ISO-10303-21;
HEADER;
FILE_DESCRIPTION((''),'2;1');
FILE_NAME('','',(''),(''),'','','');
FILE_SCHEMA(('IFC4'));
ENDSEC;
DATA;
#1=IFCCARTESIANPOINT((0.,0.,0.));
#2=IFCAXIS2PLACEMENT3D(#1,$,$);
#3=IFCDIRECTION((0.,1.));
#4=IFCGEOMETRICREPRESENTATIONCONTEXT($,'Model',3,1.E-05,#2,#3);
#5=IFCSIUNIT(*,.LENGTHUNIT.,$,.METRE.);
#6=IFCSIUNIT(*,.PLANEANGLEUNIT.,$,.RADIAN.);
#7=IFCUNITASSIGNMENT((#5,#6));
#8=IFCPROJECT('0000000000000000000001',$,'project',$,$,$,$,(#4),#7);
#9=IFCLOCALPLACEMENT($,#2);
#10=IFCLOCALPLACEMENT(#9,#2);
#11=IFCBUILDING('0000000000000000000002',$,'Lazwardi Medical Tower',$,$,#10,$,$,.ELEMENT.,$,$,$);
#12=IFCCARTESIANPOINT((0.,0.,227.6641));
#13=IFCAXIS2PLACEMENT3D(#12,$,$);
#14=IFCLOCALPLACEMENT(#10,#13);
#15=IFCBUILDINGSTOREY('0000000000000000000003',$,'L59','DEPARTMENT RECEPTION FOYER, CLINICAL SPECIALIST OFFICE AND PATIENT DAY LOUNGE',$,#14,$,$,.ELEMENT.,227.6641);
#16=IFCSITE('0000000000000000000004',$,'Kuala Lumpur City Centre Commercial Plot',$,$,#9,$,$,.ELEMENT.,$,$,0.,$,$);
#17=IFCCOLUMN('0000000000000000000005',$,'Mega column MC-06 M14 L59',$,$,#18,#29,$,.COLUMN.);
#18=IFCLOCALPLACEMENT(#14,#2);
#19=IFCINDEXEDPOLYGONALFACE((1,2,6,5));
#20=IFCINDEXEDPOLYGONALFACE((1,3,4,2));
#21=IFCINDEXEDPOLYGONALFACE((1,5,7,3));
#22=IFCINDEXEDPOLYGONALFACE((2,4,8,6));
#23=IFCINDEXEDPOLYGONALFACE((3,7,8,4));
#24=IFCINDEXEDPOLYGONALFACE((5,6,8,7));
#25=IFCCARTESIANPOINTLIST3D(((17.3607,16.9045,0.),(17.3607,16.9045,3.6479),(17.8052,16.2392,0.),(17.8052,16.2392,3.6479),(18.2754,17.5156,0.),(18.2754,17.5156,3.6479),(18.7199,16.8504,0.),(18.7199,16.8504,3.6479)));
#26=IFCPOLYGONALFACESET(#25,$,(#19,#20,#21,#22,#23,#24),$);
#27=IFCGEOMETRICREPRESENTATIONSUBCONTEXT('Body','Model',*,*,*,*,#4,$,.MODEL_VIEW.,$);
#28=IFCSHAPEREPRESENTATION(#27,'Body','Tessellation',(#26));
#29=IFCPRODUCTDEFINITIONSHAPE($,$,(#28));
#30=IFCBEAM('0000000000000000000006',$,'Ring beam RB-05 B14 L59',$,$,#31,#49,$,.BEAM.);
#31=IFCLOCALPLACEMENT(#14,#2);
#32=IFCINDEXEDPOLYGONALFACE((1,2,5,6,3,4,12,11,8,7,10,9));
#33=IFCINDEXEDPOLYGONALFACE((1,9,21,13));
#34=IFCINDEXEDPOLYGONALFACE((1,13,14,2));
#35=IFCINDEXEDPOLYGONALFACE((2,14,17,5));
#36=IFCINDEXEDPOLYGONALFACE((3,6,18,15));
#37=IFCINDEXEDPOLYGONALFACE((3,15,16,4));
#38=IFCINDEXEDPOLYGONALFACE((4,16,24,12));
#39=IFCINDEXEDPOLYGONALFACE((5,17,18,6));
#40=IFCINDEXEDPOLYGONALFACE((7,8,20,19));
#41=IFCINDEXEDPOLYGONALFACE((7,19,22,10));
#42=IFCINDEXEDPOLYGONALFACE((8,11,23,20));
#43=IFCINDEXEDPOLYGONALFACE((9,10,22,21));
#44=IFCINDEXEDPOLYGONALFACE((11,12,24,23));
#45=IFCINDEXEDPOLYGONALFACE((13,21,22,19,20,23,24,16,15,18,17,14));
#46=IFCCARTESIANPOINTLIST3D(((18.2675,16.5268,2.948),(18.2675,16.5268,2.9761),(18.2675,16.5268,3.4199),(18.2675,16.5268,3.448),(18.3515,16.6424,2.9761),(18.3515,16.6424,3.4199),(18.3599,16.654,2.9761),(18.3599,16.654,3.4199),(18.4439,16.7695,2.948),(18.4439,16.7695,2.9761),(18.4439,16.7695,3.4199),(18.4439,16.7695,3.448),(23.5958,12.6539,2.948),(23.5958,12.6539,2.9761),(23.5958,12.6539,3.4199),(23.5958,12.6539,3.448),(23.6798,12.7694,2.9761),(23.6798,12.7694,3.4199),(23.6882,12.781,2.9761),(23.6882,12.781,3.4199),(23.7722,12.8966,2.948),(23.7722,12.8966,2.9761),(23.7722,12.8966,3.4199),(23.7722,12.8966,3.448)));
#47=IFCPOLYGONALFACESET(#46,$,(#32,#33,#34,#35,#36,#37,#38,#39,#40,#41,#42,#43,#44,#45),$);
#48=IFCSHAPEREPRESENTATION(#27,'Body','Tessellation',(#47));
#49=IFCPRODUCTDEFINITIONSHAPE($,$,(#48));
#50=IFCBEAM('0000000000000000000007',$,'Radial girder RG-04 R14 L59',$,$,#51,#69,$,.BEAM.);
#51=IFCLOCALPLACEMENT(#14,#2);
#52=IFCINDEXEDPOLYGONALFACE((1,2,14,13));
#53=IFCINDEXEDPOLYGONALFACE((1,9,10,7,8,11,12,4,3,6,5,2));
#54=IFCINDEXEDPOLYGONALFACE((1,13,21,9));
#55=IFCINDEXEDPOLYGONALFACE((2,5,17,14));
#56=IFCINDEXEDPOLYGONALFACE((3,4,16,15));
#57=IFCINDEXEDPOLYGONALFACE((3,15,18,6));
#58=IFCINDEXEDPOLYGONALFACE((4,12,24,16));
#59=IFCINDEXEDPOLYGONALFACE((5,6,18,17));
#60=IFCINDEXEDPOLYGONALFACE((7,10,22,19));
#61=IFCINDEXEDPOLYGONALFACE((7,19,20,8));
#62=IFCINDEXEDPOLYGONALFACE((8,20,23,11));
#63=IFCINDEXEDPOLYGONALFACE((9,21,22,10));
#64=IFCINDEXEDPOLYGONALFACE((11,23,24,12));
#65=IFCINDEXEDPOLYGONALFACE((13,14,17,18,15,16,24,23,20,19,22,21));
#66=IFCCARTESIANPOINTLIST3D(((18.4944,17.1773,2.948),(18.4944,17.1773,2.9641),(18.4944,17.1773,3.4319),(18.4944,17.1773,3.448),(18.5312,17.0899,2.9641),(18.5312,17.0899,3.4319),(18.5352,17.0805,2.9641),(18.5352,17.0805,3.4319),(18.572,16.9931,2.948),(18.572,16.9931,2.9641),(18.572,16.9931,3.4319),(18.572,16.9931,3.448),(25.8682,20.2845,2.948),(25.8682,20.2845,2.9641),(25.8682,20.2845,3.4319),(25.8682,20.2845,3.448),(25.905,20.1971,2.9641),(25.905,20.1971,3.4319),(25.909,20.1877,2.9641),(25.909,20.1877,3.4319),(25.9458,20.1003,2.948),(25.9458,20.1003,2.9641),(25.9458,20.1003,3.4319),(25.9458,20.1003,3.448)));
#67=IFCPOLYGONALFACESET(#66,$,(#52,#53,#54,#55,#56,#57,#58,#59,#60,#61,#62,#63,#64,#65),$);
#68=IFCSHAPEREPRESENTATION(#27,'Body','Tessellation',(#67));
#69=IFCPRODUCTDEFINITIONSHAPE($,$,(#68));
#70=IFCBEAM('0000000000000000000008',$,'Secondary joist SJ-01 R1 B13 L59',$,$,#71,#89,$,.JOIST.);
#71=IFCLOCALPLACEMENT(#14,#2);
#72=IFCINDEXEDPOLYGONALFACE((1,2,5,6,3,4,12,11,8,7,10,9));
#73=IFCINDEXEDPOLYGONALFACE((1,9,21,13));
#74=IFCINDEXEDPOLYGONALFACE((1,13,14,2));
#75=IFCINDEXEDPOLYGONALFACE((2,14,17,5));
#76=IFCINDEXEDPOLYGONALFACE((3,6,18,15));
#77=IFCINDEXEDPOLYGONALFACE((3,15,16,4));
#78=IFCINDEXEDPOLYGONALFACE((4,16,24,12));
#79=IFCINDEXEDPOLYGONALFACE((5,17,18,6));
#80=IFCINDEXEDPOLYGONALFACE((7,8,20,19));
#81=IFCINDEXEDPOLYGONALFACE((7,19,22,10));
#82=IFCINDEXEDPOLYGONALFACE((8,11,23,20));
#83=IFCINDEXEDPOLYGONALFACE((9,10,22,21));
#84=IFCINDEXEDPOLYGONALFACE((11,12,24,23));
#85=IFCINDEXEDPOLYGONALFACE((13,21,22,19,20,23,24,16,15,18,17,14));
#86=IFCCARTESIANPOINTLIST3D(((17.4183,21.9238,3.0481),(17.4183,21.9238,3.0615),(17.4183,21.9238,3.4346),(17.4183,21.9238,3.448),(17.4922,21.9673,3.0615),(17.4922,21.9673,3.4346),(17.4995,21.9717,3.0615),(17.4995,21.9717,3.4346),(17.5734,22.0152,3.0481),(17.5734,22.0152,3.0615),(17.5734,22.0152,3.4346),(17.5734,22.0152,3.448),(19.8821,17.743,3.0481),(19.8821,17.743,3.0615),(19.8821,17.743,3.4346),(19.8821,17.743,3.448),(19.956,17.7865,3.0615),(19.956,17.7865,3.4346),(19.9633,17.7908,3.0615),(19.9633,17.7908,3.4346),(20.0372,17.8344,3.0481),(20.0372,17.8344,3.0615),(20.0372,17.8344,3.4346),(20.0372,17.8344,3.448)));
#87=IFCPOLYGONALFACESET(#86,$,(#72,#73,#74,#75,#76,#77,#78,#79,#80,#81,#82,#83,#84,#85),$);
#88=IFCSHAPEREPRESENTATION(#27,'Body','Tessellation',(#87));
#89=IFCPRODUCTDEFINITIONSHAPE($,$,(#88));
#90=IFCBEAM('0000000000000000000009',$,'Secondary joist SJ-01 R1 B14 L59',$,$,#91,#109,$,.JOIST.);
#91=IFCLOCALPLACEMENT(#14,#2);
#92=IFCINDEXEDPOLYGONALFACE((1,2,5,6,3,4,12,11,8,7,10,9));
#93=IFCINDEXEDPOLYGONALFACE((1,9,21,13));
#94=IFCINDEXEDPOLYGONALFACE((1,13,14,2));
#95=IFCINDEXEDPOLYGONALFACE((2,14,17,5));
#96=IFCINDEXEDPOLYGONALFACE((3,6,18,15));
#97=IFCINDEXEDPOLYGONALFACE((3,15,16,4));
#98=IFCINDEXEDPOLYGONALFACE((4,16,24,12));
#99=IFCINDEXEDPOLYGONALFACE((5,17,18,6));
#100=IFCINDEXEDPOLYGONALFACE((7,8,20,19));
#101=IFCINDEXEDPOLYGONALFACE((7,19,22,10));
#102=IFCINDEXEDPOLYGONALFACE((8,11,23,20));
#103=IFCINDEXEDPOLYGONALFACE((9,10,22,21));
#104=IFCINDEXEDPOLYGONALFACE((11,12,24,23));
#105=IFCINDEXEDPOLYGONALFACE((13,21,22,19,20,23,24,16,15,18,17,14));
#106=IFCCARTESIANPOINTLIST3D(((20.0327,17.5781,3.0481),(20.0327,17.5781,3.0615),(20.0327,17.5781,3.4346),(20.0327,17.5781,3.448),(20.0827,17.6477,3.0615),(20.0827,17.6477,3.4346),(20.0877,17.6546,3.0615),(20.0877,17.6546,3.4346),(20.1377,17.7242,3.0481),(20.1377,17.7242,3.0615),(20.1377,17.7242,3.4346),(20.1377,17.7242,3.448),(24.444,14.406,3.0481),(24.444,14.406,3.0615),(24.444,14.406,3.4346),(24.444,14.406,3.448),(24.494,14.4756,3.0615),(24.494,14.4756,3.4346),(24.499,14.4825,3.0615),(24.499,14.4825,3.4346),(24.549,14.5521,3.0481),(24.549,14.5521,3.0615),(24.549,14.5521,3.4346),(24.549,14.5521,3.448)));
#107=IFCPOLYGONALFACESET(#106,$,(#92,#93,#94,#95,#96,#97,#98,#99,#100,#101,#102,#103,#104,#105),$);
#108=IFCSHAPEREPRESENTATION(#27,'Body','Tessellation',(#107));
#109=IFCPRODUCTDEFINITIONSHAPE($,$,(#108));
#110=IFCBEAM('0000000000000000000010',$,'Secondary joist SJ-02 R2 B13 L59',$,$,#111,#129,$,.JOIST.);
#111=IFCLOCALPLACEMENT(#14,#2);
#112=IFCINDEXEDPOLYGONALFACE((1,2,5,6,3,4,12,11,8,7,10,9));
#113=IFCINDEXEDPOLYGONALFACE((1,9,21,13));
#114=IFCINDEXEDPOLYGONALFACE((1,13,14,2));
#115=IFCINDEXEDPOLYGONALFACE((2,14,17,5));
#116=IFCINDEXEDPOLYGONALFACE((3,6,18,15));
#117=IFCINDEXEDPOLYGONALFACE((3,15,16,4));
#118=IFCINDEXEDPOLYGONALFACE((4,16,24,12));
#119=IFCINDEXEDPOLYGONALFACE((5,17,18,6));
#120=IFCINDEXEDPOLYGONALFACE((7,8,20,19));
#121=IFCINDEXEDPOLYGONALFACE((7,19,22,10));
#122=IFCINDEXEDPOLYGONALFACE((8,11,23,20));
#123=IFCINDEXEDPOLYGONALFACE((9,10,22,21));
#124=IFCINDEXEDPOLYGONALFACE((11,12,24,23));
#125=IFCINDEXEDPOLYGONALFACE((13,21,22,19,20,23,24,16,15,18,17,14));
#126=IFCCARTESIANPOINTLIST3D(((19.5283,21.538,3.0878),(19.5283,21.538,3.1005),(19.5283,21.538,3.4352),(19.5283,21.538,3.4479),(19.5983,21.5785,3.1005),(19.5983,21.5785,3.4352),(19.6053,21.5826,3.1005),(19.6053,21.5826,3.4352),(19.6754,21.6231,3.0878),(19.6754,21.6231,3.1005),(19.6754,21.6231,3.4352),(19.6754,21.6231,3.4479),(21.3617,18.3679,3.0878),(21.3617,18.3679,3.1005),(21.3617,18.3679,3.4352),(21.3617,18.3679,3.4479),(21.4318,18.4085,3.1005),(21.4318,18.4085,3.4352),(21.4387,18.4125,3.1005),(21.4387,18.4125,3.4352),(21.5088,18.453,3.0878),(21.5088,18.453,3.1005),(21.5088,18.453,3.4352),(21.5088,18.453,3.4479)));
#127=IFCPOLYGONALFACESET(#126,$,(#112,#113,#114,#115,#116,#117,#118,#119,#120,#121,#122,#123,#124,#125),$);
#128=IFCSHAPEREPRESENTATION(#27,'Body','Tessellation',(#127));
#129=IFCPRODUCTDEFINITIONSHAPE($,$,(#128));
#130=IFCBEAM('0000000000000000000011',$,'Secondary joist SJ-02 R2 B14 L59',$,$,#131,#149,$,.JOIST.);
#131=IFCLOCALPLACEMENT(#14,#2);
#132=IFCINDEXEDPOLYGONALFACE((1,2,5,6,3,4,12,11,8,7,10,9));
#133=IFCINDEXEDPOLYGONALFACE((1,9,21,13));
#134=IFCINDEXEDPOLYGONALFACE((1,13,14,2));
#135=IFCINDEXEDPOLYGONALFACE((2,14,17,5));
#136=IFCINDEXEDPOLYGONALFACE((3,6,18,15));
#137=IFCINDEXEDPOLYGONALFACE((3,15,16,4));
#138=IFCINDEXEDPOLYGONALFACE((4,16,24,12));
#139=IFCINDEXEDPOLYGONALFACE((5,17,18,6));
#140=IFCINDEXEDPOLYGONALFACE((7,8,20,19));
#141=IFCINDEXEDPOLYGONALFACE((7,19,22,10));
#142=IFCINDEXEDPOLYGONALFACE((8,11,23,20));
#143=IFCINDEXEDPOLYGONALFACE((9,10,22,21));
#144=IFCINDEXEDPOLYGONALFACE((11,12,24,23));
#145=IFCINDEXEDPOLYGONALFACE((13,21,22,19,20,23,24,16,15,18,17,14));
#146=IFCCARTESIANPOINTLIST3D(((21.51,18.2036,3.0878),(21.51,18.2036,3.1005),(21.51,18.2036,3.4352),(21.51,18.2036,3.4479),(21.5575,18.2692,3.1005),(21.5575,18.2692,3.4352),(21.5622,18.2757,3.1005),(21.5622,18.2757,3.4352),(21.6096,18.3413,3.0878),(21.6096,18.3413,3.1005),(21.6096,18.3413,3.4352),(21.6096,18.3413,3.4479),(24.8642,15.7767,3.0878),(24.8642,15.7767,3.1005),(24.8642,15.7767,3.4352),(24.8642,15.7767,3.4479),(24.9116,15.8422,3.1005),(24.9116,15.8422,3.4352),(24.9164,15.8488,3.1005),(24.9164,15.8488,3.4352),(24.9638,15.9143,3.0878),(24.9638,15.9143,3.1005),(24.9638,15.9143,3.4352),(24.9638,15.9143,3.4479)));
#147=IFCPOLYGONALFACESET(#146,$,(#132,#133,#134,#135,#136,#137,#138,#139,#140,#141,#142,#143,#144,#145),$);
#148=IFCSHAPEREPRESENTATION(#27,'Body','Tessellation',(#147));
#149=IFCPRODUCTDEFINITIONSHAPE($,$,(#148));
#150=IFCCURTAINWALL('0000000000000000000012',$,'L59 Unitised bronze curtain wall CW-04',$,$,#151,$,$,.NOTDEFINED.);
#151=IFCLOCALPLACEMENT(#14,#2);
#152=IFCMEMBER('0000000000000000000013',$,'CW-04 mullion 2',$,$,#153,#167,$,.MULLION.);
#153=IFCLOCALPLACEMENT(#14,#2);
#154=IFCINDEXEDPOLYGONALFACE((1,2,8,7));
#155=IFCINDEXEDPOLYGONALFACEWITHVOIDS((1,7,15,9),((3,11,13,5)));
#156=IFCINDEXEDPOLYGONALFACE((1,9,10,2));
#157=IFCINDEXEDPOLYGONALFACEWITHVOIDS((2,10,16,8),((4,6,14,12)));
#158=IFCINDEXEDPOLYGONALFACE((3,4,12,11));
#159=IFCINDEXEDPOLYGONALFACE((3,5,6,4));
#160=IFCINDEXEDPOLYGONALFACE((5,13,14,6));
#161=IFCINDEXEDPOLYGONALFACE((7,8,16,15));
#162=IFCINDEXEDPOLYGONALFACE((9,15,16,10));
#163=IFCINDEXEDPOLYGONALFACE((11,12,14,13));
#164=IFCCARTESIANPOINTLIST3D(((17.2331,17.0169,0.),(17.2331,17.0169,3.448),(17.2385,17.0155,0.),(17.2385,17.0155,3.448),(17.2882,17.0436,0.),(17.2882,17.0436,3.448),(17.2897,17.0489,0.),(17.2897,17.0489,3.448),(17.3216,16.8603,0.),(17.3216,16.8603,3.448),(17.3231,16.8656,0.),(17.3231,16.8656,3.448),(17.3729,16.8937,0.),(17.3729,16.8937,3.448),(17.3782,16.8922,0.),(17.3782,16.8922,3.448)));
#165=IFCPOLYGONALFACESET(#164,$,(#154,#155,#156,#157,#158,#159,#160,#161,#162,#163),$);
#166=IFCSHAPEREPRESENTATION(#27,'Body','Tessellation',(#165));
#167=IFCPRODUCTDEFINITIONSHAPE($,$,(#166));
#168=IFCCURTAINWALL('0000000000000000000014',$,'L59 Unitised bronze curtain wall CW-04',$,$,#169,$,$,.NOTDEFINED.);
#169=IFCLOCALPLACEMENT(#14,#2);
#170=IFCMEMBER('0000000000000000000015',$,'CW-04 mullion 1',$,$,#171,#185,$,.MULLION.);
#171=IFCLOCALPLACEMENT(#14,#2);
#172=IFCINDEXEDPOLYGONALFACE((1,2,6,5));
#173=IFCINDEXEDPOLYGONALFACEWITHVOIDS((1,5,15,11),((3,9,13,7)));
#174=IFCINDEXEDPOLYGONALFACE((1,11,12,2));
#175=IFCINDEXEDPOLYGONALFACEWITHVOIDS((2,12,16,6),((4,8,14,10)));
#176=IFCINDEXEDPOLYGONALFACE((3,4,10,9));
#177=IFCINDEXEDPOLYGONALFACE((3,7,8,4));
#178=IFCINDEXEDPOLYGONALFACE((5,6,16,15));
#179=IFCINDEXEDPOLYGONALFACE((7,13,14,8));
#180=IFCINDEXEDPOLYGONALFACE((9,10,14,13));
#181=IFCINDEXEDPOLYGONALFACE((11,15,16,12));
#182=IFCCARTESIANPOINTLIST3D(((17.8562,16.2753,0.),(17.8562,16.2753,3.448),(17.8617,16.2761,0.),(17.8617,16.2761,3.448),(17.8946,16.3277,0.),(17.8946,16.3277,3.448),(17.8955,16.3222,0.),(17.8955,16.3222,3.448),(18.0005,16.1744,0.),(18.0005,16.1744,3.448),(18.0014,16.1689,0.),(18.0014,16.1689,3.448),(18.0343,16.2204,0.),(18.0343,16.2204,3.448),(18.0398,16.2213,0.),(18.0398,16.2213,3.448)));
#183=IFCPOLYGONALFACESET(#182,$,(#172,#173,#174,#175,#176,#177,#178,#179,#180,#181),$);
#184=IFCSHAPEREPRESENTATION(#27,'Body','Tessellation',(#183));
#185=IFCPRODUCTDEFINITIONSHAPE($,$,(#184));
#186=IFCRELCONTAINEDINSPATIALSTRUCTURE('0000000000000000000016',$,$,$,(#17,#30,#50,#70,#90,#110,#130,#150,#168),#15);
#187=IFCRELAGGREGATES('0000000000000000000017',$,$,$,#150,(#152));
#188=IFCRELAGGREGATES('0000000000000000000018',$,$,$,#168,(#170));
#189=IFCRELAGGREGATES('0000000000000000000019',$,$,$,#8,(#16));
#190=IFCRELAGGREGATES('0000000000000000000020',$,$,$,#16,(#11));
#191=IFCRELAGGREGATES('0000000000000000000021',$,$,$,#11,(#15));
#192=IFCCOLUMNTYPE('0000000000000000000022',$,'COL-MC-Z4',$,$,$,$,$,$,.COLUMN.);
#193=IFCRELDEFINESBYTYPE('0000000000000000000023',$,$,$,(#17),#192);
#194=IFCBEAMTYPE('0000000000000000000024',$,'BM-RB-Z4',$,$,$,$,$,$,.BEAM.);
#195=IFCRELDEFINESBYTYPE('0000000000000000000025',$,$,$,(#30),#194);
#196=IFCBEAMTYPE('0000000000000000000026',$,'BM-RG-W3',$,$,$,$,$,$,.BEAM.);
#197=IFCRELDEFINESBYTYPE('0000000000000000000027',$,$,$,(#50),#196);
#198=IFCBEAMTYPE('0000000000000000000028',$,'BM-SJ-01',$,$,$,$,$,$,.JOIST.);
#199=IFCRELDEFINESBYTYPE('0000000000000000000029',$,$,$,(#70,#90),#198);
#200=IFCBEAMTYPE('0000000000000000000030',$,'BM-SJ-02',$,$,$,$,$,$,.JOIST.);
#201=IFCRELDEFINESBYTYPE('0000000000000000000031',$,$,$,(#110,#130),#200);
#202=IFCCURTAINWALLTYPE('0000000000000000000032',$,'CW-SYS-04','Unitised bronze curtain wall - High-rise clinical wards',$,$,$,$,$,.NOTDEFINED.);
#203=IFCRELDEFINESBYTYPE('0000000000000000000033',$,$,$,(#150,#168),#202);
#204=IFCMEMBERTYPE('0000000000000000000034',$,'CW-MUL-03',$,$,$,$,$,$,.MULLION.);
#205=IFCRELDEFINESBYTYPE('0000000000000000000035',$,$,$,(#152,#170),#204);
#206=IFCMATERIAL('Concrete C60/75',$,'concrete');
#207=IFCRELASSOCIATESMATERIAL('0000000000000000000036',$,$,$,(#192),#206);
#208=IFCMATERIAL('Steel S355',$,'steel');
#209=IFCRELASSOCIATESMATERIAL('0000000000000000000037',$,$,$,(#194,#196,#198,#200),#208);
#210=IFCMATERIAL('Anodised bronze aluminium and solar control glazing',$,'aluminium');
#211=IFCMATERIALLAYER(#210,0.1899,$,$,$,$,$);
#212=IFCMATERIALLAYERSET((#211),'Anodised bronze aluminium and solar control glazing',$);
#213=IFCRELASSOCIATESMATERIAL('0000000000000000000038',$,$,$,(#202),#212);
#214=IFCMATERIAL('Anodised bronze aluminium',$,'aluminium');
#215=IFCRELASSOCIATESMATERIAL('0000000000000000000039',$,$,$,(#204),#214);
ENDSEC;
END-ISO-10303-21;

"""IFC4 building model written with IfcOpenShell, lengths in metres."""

from ifc_helpers import new_model, si_unit, direction, frame, origin, origin_2d, place, context, subcontext, project, spatial, rectangle, hollow_rectangle, i_section, extrude, material, layer, layer_set, material_profile, profile_set, type_object, element, aggregate, save


model = new_model("IFC4")

# Units and contexts
model_context = context("Model", 3, precision=1e-05, world=origin(), true_north=direction((0.0, 1.0)))
body_context = subcontext(model_context, "Body", "Model", "MODEL_VIEW")
ifc_project = project(units=[si_unit("LENGTHUNIT", "METRE"), si_unit("PLANEANGLEUNIT", "RADIAN")], contexts=[model_context])

# Site, building, storey
site_placement = place(None, origin())
site = spatial("IfcSite", under=ifc_project, at=site_placement, Name="Kuala Lumpur City Centre Commercial Plot", CompositionType="ELEMENT", RefElevation=0.0)
building_placement = place(site_placement, origin())
building = spatial("IfcBuilding", under=site, at=building_placement, Name="Lazwardi Medical Tower", CompositionType="ELEMENT")
storey_placement = place(building_placement, frame((0.0, 0.0, 227.6641)))
storey = spatial("IfcBuildingStorey", under=building, at=storey_placement, Name="L59", Description="DEPARTMENT RECEPTION FOYER, CLINICAL SPECIALIST OFFICE AND PATIENT DAY LOUNGE", CompositionType="ELEMENT", Elevation=227.6641)

# Column
ifc_material_1 = material(Name="Concrete C60/75", Category="concrete")
ifc_material_profile_1 = material_profile(ifc_material_1, rectangle(XDim=1.1001, YDim=0.8, at=origin_2d()), Name="CFT-RECT 1100x800")
ifc_profile_set_1 = profile_set([ifc_material_profile_1], Name="Concrete C60/75")
column_type = type_object("IfcColumnType", Name="COL-MC-Z4", PredefinedType="COLUMN", material=ifc_profile_set_1)
column_placement = place(storey_placement, frame((18.0403, 16.8774, 0.0), z_axis=(0.0, 0.0, 1.0), x_axis=(-0.83147, -0.55557, 0.0)))
element("IfcColumn", 1, at=column_placement, inside=storey, type_object=column_type, Name="Mega column MC-06 M14 L59", PredefinedType="COLUMN", context=body_context, shape_type="SweptSolid", body=[
    extrude(rectangle(XDim=1.1001, YDim=0.8, at=origin_2d()), origin(), (0.0, 0.0, 1.0), 3.6479),
])

# Beams
ifc_material_2 = material(Name="Steel S355", Category="steel")
ifc_material_profile_2 = material_profile(ifc_material_2, i_section(OverallWidth=0.3, OverallDepth=0.5, WebThickness=0.0144, FlangeThickness=0.0281, at=origin_2d()), Name="HEB 500")
ifc_profile_set_2 = profile_set([ifc_material_profile_2], Name="Steel S355")
beam_type_1 = type_object("IfcBeamType", Name="BM-RB-Z4", PredefinedType="BEAM", material=ifc_profile_set_2)
beam_1_placement = place(storey_placement, frame((18.3557, 16.6482, 3.198), z_axis=(0.80889, -0.58796, 0.0), x_axis=(0.58796, 0.80889, 0.0)))
element("IfcBeam", 2, at=beam_1_placement, inside=storey, type_object=beam_type_1, Name="Ring beam RB-05 B14 L59", PredefinedType="BEAM", context=body_context, shape_type="SweptSolid", body=[
    extrude(i_section(OverallWidth=0.3, OverallDepth=0.5, WebThickness=0.0144, FlangeThickness=0.0281, at=origin_2d()), origin(), (0.0, 0.0, 1.0), 6.5872),
])
ifc_material_profile_3 = material_profile(ifc_material_2, i_section(OverallWidth=0.2, OverallDepth=0.5, WebThickness=0.0103, FlangeThickness=0.0161, at=origin_2d()), Name="IPE 500")
ifc_profile_set_3 = profile_set([ifc_material_profile_3], Name="Steel S355")
beam_type_2 = type_object("IfcBeamType", Name="BM-RG-W3", PredefinedType="BEAM", material=ifc_profile_set_3)
beam_2_placement = place(storey_placement, frame((18.5332, 17.0852, 3.198), z_axis=(0.921527, 0.388315, 0.0), x_axis=(-0.388315, 0.921527, 0.0)))
element("IfcBeam", 3, at=beam_2_placement, inside=storey, type_object=beam_type_2, Name="Radial girder RG-04 R14 L59", PredefinedType="BEAM", context=body_context, shape_type="SweptSolid", body=[
    extrude(i_section(OverallWidth=0.2, OverallDepth=0.5, WebThickness=0.0103, FlangeThickness=0.0161, at=origin_2d()), origin(), (0.0, 0.0, 1.0), 8.0017),
])
ifc_material_profile_4 = material_profile(ifc_material_2, i_section(OverallWidth=0.1799, OverallDepth=0.3999, WebThickness=0.0085, FlangeThickness=0.0134, at=origin_2d()), Name="IPE 400")
ifc_profile_set_4 = profile_set([ifc_material_profile_4], Name="Steel S355")
beam_type_3 = type_object("IfcBeamType", Name="BM-SJ-01", PredefinedType="JOIST", material=ifc_profile_set_4)
beam_3_placement = place(storey_placement, frame((17.4958, 21.9695, 3.248), z_axis=(0.50771, -0.861528, 0.0), x_axis=(0.861528, 0.50771, 0.0)))
element("IfcBeam", 4, at=beam_3_placement, inside=storey, type_object=beam_type_3, Name="Secondary joist SJ-01 R1 B13 L59", PredefinedType="JOIST", context=body_context, shape_type="SweptSolid", body=[
    extrude(i_section(OverallWidth=0.1799, OverallDepth=0.3999, WebThickness=0.0085, FlangeThickness=0.0134, at=origin_2d()), origin(), (0.0, 0.0, 1.0), 4.8528),
])
beam_4_placement = place(storey_placement, frame((20.0852, 17.6511, 3.248), z_axis=(0.81189, -0.583811, 0.0), x_axis=(0.583811, 0.81189, 0.0)))
element("IfcBeam", 5, at=beam_4_placement, inside=storey, type_object=beam_type_3, Name="Secondary joist SJ-01 R1 B14 L59", PredefinedType="JOIST", context=body_context, shape_type="SweptSolid", body=[
    extrude(i_section(OverallWidth=0.1799, OverallDepth=0.3999, WebThickness=0.0085, FlangeThickness=0.0134, at=origin_2d()), origin(), (0.0, 0.0, 1.0), 5.4333),
])
ifc_material_profile_5 = material_profile(ifc_material_2, i_section(OverallWidth=0.1699, OverallDepth=0.3601, WebThickness=0.0081, FlangeThickness=0.0127, at=origin_2d()), Name="IPE 360")
ifc_profile_set_5 = profile_set([ifc_material_profile_5], Name="Steel S355")
beam_type_4 = type_object("IfcBeamType", Name="BM-SJ-02", PredefinedType="JOIST", material=ifc_profile_set_5)
beam_5_placement = place(storey_placement, frame((19.6018, 21.5806, 3.2678), z_axis=(0.500655, -0.865647, 0.0), x_axis=(0.865647, 0.500655, 0.0)))
element("IfcBeam", 6, at=beam_5_placement, inside=storey, type_object=beam_type_4, Name="Secondary joist SJ-02 R2 B13 L59", PredefinedType="JOIST", context=body_context, shape_type="SweptSolid", body=[
    extrude(i_section(OverallWidth=0.1699, OverallDepth=0.3601, WebThickness=0.0081, FlangeThickness=0.0127, at=origin_2d()), origin(), (0.0, 0.0, 1.0), 3.6621),
])
beam_6_placement = place(storey_placement, frame((21.5598, 18.2725, 3.2678), z_axis=(0.810164, -0.586203, 0.0), x_axis=(0.586203, 0.810164, 0.0)))
element("IfcBeam", 7, at=beam_6_placement, inside=storey, type_object=beam_type_4, Name="Secondary joist SJ-02 R2 B14 L59", PredefinedType="JOIST", context=body_context, shape_type="SweptSolid", body=[
    extrude(i_section(OverallWidth=0.1699, OverallDepth=0.3601, WebThickness=0.0081, FlangeThickness=0.0127, at=origin_2d()), origin(), (0.0, 0.0, 1.0), 4.1401),
])

# Curtain walls, members
ifc_material_3 = material(Name="Anodised bronze aluminium and solar control glazing", Category="aluminium")
ifc_layer_1 = layer(ifc_material_3, 0.1899)
ifc_layer_set_1 = layer_set([ifc_layer_1], Name="Anodised bronze aluminium and solar control glazing")
curtain_wall_type = type_object("IfcCurtainWallType", Name="CW-SYS-04", Description="Unitised bronze curtain wall - High-rise clinical wards", PredefinedType="NOTDEFINED", material=ifc_layer_set_1)
curtain_wall_1_placement = place(storey_placement, origin())
curtain_wall_1 = element("IfcCurtainWall", 8, at=curtain_wall_1_placement, inside=storey, type_object=curtain_wall_type, Name="L59 Unitised bronze curtain wall CW-04", PredefinedType="NOTDEFINED")
ifc_material_4 = material(Name="Anodised bronze aluminium", Category="aluminium")
ifc_material_profile_6 = material_profile(ifc_material_4, hollow_rectangle(XDim=0.0649, YDim=0.1799, WallThickness=0.0039, at=origin_2d()), Name="ALU-MULLION 180x65x4")
ifc_profile_set_6 = profile_set([ifc_material_profile_6], Name="Anodised bronze aluminium")
member_type_1 = type_object("IfcMemberType", Name="CW-MUL-03", PredefinedType="MULLION", material=ifc_profile_set_6)
member_1_placement = place(storey_placement, frame((17.3057, 16.9546, 0.0), z_axis=(0.0, 0.0, 1.0), x_axis=(0.870651, 0.4919, 0.0)))
member_1 = element("IfcMember", 9, at=member_1_placement, type_object=member_type_1, Name="CW-04 mullion 2", PredefinedType="MULLION", context=body_context, shape_type="SweptSolid", body=[
    extrude(hollow_rectangle(XDim=0.0649, YDim=0.1799, WallThickness=0.0039, at=origin_2d()), origin(), (0.0, 0.0, 1.0), 3.448),
])
curtain_wall_2_placement = place(storey_placement, origin())
curtain_wall_2 = element("IfcCurtainWall", 10, at=curtain_wall_2_placement, inside=storey, type_object=curtain_wall_type, Name="L59 Unitised bronze curtain wall CW-04", PredefinedType="NOTDEFINED")
member_2_placement = place(storey_placement, frame((17.948, 16.2483, 0.0), z_axis=(0.0, 0.0, 1.0), x_axis=(0.591268, 0.806475, 0.0)))
member_2 = element("IfcMember", 11, at=member_2_placement, type_object=member_type_1, Name="CW-04 mullion 1", PredefinedType="MULLION", context=body_context, shape_type="SweptSolid", body=[
    extrude(hollow_rectangle(XDim=0.0649, YDim=0.1799, WallThickness=0.0039, at=origin_2d()), origin(), (0.0, 0.0, 1.0), 3.448),
])

aggregate(curtain_wall_1, [member_1])
aggregate(curtain_wall_2, [member_2])

save(model, "model.ifc")
